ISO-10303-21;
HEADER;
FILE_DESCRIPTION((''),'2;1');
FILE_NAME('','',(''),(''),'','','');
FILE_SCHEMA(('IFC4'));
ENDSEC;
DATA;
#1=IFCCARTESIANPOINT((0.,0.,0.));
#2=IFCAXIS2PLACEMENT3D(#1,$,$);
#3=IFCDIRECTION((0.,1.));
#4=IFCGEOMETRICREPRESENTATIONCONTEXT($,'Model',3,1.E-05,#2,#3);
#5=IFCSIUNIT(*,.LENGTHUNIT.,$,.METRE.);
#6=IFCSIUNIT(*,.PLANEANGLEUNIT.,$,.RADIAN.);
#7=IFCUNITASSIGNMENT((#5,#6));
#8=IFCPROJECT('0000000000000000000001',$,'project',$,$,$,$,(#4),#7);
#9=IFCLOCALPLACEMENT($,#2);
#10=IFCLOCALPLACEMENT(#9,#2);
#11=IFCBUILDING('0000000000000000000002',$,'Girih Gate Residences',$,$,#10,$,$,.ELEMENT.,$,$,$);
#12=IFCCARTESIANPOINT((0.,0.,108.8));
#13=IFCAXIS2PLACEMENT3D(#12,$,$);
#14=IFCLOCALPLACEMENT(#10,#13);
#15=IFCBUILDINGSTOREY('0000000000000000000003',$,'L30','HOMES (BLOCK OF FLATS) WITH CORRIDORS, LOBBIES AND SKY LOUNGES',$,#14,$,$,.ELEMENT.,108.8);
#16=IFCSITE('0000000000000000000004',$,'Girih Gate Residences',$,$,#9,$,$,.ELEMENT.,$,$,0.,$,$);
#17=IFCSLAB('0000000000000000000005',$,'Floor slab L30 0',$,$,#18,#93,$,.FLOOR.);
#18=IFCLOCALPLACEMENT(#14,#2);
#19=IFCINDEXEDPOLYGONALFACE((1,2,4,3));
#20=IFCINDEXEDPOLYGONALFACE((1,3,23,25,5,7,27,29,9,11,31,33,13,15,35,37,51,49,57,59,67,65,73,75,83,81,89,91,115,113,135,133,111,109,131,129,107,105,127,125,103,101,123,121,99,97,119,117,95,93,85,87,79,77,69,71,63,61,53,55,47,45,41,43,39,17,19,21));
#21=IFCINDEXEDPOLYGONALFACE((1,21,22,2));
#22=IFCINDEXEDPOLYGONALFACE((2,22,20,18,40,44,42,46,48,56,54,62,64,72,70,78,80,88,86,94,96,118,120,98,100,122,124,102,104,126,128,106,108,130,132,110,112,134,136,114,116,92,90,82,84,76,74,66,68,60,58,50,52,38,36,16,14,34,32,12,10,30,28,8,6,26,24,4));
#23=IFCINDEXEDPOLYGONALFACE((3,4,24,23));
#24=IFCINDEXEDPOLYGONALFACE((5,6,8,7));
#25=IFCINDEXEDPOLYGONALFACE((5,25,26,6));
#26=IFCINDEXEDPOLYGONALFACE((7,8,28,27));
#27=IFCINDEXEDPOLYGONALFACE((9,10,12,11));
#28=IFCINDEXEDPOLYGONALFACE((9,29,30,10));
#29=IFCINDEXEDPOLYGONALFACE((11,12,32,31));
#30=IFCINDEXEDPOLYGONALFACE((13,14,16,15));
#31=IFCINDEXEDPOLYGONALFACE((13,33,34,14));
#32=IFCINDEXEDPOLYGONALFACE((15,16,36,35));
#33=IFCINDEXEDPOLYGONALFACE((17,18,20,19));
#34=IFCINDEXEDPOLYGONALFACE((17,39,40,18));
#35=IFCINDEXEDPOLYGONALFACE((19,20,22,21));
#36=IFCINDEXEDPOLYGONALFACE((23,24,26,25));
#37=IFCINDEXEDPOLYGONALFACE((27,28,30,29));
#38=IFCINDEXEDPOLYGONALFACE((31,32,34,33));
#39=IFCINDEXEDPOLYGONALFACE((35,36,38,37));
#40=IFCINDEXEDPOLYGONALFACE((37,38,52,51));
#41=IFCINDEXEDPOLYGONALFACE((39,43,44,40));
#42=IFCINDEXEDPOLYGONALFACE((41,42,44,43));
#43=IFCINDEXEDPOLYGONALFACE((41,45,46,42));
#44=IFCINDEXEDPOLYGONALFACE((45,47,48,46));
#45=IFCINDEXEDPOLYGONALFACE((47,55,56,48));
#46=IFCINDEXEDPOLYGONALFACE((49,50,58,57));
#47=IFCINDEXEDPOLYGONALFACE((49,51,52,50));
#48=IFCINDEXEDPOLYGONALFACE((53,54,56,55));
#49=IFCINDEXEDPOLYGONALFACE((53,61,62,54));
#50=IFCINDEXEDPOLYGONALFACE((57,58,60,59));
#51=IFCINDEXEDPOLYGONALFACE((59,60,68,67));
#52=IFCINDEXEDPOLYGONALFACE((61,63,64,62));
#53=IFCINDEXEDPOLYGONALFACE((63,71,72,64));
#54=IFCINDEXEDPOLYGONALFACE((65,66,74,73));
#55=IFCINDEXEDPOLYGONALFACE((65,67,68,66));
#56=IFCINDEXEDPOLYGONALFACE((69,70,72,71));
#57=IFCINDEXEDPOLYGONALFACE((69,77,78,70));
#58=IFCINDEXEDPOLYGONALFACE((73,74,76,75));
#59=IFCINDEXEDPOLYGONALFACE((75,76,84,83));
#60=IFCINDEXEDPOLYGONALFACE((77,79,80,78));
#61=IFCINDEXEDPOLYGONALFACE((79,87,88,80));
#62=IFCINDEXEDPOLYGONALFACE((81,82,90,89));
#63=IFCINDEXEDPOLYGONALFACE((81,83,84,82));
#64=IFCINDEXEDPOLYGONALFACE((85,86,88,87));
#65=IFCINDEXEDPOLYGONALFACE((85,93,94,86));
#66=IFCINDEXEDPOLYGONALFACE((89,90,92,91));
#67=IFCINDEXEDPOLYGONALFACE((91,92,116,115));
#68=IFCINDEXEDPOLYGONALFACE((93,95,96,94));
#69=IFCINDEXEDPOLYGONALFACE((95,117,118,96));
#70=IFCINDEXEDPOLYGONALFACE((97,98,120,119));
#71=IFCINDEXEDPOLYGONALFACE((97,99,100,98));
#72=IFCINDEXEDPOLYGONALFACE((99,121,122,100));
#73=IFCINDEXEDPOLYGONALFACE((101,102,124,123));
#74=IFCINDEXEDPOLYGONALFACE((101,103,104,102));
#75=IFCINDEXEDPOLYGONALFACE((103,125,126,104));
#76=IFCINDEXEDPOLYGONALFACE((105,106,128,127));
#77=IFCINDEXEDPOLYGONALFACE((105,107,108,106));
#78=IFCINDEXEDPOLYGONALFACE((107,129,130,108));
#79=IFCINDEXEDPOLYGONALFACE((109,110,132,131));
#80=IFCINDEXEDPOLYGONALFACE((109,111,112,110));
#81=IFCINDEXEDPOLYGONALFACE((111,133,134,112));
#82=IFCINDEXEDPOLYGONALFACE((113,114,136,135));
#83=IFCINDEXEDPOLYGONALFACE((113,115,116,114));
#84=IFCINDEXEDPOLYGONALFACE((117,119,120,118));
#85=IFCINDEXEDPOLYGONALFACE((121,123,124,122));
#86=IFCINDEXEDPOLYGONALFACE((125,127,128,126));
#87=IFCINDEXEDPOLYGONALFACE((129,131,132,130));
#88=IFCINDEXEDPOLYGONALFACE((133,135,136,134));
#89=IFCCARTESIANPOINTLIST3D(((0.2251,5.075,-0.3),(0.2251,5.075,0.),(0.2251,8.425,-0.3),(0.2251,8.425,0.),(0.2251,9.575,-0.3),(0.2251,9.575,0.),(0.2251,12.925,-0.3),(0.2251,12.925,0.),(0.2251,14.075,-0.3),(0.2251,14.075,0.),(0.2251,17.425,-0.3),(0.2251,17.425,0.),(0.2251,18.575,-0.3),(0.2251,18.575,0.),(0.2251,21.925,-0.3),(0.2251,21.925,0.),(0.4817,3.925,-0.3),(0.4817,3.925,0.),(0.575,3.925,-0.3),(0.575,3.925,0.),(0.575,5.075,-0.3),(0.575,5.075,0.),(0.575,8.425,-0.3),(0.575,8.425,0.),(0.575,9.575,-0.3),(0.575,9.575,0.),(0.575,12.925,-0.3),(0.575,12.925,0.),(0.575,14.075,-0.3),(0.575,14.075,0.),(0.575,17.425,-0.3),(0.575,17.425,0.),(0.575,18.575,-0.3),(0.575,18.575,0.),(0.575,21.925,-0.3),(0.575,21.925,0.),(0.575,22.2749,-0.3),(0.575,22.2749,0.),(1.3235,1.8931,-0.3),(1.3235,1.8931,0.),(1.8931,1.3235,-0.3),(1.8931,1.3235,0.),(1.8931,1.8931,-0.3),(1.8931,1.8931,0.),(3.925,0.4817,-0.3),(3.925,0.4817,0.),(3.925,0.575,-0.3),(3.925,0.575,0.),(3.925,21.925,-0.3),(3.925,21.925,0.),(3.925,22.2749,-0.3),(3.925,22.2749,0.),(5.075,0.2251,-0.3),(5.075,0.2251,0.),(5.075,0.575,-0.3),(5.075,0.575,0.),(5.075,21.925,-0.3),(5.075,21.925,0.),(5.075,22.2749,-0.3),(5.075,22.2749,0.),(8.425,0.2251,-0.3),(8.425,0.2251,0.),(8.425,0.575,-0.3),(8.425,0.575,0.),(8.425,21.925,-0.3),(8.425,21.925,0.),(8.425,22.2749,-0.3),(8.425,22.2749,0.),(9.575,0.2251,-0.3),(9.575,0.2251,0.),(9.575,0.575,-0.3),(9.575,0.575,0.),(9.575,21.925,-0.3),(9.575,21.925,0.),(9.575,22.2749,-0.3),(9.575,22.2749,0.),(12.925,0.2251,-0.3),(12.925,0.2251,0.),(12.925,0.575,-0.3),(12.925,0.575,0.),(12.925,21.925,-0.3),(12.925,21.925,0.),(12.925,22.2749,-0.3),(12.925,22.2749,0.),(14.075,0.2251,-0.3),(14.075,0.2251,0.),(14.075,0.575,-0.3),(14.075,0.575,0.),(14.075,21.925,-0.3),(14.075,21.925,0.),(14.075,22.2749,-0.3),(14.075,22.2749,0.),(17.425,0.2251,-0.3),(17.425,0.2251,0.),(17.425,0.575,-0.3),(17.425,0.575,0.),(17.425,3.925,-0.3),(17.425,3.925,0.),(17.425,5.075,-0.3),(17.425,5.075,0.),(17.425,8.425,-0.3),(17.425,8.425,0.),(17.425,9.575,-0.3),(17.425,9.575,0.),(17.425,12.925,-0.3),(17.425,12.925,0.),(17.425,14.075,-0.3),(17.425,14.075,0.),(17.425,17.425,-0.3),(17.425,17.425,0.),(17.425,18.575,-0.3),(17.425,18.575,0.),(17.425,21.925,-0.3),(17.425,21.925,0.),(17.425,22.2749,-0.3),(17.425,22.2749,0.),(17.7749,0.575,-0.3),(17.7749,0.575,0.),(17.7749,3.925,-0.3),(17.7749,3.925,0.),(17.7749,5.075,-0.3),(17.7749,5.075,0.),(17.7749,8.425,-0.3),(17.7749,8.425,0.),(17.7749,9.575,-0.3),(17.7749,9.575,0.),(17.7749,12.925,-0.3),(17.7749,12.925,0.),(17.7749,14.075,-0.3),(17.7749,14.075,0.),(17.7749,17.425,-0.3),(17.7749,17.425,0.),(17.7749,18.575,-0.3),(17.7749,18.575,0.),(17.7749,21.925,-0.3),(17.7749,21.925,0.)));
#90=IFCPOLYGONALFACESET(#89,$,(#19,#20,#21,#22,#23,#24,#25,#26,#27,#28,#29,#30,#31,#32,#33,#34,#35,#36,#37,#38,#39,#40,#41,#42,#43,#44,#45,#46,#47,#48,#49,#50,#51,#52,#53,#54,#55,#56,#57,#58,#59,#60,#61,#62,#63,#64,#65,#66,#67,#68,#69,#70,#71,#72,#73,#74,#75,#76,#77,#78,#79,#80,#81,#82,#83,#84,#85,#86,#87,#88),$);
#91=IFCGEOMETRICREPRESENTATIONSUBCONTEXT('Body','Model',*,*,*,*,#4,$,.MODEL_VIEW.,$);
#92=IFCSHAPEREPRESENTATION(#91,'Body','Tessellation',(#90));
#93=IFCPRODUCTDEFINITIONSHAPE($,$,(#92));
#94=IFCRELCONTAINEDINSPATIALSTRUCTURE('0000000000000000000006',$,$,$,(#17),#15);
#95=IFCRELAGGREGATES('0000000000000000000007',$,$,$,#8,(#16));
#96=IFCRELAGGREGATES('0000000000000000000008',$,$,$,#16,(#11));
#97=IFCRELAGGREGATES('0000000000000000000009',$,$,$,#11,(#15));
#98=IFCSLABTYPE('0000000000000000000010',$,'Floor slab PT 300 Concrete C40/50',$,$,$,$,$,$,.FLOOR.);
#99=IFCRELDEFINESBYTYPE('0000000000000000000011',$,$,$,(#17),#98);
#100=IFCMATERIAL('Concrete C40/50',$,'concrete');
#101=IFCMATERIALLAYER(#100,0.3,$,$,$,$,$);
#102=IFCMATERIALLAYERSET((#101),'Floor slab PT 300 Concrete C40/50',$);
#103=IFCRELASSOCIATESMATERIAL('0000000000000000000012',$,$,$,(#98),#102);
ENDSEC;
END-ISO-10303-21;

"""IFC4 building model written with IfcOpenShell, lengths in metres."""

from ifc_helpers import new_model, si_unit, direction, frame, origin, place, context, subcontext, project, spatial, polyline, outline, extrude, material, layer, layer_set, type_object, element, save


model = new_model("IFC4")

# Units and contexts
model_context = context("Model", 3, precision=1e-05, world=origin(), true_north=direction((0.0, 1.0)))
body_context = subcontext(model_context, "Body", "Model", "MODEL_VIEW")
ifc_project = project(units=[si_unit("LENGTHUNIT", "METRE"), si_unit("PLANEANGLEUNIT", "RADIAN")], contexts=[model_context])

# Site, building, storey
site_placement = place(None, origin())
site = spatial("IfcSite", under=ifc_project, at=site_placement, Name="Girih Gate Residences", CompositionType="ELEMENT", RefElevation=0.0)
building_placement = place(site_placement, origin())
building = spatial("IfcBuilding", under=site, at=building_placement, Name="Girih Gate Residences", CompositionType="ELEMENT")
storey_placement = place(building_placement, frame((0.0, 0.0, 108.8)))
storey = spatial("IfcBuildingStorey", under=building, at=storey_placement, Name="L30", Description="HOMES (BLOCK OF FLATS) WITH CORRIDORS, LOBBIES AND SKY LOUNGES", CompositionType="ELEMENT", Elevation=108.8)

# Slab
ifc_material_1 = material(Name="Concrete C40/50", Category="concrete")
ifc_layer_1 = layer(ifc_material_1, 0.3)
ifc_layer_set_1 = layer_set([ifc_layer_1], Name="Floor slab PT 300 Concrete C40/50")
slab_type_1 = type_object("IfcSlabType", Name="Floor slab PT 300 Concrete C40/50", PredefinedType="FLOOR", material=ifc_layer_set_1)
slab_1_placement = place(storey_placement, frame((0.0, 0.0, -0.3)))
element("IfcSlab", 1, at=slab_1_placement, inside=storey, type_object=slab_type_1, Name="Floor slab L30 0", PredefinedType="FLOOR", context=body_context, shape_type="SweptSolid", body=[
    extrude(outline(polyline([(0.2251, 8.425), (0.2251, 5.075), (0.575, 5.075), (0.575, 3.925), (0.4817, 3.925), (1.3235, 1.8931), (1.8931, 1.8931), (1.8931, 1.3235), (3.925, 0.4817), (3.925, 0.575), (5.075, 0.575), (5.075, 0.2251), (8.425, 0.2251), (8.425, 0.575), (9.575, 0.575), (9.575, 0.2251), (12.925, 0.2251), (12.925, 0.575), (14.075, 0.575), (14.075, 0.2251), (17.425, 0.2251), (17.425, 0.575), (17.7749, 0.575), (17.7749, 3.925), (17.425, 3.925), (17.425, 5.075), (17.7749, 5.075), (17.7749, 8.425), (17.425, 8.425), (17.425, 9.575), (17.7749, 9.575), (17.7749, 12.925), (17.425, 12.925), (17.425, 14.075), (17.7749, 14.075), (17.7749, 17.425), (17.425, 17.425), (17.425, 18.575), (17.7749, 18.575), (17.7749, 21.925), (17.425, 21.925), (17.425, 22.2749), (14.075, 22.2749), (14.075, 21.925), (12.925, 21.925), (12.925, 22.2749), (9.575, 22.2749), (9.575, 21.925), (8.425, 21.925), (8.425, 22.2749), (5.075, 22.2749), (5.075, 21.925), (3.925, 21.925), (3.925, 22.2749), (0.575, 22.2749), (0.575, 21.925), (0.2251, 21.925), (0.2251, 18.575), (0.575, 18.575), (0.575, 17.425), (0.2251, 17.425), (0.2251, 14.075), (0.575, 14.075), (0.575, 12.925), (0.2251, 12.925), (0.2251, 9.575), (0.575, 9.575), (0.575, 8.425), (0.2251, 8.425)])), origin(), (0.0, 0.0, 1.0), 0.3),
])

save(model, "model.ifc")
